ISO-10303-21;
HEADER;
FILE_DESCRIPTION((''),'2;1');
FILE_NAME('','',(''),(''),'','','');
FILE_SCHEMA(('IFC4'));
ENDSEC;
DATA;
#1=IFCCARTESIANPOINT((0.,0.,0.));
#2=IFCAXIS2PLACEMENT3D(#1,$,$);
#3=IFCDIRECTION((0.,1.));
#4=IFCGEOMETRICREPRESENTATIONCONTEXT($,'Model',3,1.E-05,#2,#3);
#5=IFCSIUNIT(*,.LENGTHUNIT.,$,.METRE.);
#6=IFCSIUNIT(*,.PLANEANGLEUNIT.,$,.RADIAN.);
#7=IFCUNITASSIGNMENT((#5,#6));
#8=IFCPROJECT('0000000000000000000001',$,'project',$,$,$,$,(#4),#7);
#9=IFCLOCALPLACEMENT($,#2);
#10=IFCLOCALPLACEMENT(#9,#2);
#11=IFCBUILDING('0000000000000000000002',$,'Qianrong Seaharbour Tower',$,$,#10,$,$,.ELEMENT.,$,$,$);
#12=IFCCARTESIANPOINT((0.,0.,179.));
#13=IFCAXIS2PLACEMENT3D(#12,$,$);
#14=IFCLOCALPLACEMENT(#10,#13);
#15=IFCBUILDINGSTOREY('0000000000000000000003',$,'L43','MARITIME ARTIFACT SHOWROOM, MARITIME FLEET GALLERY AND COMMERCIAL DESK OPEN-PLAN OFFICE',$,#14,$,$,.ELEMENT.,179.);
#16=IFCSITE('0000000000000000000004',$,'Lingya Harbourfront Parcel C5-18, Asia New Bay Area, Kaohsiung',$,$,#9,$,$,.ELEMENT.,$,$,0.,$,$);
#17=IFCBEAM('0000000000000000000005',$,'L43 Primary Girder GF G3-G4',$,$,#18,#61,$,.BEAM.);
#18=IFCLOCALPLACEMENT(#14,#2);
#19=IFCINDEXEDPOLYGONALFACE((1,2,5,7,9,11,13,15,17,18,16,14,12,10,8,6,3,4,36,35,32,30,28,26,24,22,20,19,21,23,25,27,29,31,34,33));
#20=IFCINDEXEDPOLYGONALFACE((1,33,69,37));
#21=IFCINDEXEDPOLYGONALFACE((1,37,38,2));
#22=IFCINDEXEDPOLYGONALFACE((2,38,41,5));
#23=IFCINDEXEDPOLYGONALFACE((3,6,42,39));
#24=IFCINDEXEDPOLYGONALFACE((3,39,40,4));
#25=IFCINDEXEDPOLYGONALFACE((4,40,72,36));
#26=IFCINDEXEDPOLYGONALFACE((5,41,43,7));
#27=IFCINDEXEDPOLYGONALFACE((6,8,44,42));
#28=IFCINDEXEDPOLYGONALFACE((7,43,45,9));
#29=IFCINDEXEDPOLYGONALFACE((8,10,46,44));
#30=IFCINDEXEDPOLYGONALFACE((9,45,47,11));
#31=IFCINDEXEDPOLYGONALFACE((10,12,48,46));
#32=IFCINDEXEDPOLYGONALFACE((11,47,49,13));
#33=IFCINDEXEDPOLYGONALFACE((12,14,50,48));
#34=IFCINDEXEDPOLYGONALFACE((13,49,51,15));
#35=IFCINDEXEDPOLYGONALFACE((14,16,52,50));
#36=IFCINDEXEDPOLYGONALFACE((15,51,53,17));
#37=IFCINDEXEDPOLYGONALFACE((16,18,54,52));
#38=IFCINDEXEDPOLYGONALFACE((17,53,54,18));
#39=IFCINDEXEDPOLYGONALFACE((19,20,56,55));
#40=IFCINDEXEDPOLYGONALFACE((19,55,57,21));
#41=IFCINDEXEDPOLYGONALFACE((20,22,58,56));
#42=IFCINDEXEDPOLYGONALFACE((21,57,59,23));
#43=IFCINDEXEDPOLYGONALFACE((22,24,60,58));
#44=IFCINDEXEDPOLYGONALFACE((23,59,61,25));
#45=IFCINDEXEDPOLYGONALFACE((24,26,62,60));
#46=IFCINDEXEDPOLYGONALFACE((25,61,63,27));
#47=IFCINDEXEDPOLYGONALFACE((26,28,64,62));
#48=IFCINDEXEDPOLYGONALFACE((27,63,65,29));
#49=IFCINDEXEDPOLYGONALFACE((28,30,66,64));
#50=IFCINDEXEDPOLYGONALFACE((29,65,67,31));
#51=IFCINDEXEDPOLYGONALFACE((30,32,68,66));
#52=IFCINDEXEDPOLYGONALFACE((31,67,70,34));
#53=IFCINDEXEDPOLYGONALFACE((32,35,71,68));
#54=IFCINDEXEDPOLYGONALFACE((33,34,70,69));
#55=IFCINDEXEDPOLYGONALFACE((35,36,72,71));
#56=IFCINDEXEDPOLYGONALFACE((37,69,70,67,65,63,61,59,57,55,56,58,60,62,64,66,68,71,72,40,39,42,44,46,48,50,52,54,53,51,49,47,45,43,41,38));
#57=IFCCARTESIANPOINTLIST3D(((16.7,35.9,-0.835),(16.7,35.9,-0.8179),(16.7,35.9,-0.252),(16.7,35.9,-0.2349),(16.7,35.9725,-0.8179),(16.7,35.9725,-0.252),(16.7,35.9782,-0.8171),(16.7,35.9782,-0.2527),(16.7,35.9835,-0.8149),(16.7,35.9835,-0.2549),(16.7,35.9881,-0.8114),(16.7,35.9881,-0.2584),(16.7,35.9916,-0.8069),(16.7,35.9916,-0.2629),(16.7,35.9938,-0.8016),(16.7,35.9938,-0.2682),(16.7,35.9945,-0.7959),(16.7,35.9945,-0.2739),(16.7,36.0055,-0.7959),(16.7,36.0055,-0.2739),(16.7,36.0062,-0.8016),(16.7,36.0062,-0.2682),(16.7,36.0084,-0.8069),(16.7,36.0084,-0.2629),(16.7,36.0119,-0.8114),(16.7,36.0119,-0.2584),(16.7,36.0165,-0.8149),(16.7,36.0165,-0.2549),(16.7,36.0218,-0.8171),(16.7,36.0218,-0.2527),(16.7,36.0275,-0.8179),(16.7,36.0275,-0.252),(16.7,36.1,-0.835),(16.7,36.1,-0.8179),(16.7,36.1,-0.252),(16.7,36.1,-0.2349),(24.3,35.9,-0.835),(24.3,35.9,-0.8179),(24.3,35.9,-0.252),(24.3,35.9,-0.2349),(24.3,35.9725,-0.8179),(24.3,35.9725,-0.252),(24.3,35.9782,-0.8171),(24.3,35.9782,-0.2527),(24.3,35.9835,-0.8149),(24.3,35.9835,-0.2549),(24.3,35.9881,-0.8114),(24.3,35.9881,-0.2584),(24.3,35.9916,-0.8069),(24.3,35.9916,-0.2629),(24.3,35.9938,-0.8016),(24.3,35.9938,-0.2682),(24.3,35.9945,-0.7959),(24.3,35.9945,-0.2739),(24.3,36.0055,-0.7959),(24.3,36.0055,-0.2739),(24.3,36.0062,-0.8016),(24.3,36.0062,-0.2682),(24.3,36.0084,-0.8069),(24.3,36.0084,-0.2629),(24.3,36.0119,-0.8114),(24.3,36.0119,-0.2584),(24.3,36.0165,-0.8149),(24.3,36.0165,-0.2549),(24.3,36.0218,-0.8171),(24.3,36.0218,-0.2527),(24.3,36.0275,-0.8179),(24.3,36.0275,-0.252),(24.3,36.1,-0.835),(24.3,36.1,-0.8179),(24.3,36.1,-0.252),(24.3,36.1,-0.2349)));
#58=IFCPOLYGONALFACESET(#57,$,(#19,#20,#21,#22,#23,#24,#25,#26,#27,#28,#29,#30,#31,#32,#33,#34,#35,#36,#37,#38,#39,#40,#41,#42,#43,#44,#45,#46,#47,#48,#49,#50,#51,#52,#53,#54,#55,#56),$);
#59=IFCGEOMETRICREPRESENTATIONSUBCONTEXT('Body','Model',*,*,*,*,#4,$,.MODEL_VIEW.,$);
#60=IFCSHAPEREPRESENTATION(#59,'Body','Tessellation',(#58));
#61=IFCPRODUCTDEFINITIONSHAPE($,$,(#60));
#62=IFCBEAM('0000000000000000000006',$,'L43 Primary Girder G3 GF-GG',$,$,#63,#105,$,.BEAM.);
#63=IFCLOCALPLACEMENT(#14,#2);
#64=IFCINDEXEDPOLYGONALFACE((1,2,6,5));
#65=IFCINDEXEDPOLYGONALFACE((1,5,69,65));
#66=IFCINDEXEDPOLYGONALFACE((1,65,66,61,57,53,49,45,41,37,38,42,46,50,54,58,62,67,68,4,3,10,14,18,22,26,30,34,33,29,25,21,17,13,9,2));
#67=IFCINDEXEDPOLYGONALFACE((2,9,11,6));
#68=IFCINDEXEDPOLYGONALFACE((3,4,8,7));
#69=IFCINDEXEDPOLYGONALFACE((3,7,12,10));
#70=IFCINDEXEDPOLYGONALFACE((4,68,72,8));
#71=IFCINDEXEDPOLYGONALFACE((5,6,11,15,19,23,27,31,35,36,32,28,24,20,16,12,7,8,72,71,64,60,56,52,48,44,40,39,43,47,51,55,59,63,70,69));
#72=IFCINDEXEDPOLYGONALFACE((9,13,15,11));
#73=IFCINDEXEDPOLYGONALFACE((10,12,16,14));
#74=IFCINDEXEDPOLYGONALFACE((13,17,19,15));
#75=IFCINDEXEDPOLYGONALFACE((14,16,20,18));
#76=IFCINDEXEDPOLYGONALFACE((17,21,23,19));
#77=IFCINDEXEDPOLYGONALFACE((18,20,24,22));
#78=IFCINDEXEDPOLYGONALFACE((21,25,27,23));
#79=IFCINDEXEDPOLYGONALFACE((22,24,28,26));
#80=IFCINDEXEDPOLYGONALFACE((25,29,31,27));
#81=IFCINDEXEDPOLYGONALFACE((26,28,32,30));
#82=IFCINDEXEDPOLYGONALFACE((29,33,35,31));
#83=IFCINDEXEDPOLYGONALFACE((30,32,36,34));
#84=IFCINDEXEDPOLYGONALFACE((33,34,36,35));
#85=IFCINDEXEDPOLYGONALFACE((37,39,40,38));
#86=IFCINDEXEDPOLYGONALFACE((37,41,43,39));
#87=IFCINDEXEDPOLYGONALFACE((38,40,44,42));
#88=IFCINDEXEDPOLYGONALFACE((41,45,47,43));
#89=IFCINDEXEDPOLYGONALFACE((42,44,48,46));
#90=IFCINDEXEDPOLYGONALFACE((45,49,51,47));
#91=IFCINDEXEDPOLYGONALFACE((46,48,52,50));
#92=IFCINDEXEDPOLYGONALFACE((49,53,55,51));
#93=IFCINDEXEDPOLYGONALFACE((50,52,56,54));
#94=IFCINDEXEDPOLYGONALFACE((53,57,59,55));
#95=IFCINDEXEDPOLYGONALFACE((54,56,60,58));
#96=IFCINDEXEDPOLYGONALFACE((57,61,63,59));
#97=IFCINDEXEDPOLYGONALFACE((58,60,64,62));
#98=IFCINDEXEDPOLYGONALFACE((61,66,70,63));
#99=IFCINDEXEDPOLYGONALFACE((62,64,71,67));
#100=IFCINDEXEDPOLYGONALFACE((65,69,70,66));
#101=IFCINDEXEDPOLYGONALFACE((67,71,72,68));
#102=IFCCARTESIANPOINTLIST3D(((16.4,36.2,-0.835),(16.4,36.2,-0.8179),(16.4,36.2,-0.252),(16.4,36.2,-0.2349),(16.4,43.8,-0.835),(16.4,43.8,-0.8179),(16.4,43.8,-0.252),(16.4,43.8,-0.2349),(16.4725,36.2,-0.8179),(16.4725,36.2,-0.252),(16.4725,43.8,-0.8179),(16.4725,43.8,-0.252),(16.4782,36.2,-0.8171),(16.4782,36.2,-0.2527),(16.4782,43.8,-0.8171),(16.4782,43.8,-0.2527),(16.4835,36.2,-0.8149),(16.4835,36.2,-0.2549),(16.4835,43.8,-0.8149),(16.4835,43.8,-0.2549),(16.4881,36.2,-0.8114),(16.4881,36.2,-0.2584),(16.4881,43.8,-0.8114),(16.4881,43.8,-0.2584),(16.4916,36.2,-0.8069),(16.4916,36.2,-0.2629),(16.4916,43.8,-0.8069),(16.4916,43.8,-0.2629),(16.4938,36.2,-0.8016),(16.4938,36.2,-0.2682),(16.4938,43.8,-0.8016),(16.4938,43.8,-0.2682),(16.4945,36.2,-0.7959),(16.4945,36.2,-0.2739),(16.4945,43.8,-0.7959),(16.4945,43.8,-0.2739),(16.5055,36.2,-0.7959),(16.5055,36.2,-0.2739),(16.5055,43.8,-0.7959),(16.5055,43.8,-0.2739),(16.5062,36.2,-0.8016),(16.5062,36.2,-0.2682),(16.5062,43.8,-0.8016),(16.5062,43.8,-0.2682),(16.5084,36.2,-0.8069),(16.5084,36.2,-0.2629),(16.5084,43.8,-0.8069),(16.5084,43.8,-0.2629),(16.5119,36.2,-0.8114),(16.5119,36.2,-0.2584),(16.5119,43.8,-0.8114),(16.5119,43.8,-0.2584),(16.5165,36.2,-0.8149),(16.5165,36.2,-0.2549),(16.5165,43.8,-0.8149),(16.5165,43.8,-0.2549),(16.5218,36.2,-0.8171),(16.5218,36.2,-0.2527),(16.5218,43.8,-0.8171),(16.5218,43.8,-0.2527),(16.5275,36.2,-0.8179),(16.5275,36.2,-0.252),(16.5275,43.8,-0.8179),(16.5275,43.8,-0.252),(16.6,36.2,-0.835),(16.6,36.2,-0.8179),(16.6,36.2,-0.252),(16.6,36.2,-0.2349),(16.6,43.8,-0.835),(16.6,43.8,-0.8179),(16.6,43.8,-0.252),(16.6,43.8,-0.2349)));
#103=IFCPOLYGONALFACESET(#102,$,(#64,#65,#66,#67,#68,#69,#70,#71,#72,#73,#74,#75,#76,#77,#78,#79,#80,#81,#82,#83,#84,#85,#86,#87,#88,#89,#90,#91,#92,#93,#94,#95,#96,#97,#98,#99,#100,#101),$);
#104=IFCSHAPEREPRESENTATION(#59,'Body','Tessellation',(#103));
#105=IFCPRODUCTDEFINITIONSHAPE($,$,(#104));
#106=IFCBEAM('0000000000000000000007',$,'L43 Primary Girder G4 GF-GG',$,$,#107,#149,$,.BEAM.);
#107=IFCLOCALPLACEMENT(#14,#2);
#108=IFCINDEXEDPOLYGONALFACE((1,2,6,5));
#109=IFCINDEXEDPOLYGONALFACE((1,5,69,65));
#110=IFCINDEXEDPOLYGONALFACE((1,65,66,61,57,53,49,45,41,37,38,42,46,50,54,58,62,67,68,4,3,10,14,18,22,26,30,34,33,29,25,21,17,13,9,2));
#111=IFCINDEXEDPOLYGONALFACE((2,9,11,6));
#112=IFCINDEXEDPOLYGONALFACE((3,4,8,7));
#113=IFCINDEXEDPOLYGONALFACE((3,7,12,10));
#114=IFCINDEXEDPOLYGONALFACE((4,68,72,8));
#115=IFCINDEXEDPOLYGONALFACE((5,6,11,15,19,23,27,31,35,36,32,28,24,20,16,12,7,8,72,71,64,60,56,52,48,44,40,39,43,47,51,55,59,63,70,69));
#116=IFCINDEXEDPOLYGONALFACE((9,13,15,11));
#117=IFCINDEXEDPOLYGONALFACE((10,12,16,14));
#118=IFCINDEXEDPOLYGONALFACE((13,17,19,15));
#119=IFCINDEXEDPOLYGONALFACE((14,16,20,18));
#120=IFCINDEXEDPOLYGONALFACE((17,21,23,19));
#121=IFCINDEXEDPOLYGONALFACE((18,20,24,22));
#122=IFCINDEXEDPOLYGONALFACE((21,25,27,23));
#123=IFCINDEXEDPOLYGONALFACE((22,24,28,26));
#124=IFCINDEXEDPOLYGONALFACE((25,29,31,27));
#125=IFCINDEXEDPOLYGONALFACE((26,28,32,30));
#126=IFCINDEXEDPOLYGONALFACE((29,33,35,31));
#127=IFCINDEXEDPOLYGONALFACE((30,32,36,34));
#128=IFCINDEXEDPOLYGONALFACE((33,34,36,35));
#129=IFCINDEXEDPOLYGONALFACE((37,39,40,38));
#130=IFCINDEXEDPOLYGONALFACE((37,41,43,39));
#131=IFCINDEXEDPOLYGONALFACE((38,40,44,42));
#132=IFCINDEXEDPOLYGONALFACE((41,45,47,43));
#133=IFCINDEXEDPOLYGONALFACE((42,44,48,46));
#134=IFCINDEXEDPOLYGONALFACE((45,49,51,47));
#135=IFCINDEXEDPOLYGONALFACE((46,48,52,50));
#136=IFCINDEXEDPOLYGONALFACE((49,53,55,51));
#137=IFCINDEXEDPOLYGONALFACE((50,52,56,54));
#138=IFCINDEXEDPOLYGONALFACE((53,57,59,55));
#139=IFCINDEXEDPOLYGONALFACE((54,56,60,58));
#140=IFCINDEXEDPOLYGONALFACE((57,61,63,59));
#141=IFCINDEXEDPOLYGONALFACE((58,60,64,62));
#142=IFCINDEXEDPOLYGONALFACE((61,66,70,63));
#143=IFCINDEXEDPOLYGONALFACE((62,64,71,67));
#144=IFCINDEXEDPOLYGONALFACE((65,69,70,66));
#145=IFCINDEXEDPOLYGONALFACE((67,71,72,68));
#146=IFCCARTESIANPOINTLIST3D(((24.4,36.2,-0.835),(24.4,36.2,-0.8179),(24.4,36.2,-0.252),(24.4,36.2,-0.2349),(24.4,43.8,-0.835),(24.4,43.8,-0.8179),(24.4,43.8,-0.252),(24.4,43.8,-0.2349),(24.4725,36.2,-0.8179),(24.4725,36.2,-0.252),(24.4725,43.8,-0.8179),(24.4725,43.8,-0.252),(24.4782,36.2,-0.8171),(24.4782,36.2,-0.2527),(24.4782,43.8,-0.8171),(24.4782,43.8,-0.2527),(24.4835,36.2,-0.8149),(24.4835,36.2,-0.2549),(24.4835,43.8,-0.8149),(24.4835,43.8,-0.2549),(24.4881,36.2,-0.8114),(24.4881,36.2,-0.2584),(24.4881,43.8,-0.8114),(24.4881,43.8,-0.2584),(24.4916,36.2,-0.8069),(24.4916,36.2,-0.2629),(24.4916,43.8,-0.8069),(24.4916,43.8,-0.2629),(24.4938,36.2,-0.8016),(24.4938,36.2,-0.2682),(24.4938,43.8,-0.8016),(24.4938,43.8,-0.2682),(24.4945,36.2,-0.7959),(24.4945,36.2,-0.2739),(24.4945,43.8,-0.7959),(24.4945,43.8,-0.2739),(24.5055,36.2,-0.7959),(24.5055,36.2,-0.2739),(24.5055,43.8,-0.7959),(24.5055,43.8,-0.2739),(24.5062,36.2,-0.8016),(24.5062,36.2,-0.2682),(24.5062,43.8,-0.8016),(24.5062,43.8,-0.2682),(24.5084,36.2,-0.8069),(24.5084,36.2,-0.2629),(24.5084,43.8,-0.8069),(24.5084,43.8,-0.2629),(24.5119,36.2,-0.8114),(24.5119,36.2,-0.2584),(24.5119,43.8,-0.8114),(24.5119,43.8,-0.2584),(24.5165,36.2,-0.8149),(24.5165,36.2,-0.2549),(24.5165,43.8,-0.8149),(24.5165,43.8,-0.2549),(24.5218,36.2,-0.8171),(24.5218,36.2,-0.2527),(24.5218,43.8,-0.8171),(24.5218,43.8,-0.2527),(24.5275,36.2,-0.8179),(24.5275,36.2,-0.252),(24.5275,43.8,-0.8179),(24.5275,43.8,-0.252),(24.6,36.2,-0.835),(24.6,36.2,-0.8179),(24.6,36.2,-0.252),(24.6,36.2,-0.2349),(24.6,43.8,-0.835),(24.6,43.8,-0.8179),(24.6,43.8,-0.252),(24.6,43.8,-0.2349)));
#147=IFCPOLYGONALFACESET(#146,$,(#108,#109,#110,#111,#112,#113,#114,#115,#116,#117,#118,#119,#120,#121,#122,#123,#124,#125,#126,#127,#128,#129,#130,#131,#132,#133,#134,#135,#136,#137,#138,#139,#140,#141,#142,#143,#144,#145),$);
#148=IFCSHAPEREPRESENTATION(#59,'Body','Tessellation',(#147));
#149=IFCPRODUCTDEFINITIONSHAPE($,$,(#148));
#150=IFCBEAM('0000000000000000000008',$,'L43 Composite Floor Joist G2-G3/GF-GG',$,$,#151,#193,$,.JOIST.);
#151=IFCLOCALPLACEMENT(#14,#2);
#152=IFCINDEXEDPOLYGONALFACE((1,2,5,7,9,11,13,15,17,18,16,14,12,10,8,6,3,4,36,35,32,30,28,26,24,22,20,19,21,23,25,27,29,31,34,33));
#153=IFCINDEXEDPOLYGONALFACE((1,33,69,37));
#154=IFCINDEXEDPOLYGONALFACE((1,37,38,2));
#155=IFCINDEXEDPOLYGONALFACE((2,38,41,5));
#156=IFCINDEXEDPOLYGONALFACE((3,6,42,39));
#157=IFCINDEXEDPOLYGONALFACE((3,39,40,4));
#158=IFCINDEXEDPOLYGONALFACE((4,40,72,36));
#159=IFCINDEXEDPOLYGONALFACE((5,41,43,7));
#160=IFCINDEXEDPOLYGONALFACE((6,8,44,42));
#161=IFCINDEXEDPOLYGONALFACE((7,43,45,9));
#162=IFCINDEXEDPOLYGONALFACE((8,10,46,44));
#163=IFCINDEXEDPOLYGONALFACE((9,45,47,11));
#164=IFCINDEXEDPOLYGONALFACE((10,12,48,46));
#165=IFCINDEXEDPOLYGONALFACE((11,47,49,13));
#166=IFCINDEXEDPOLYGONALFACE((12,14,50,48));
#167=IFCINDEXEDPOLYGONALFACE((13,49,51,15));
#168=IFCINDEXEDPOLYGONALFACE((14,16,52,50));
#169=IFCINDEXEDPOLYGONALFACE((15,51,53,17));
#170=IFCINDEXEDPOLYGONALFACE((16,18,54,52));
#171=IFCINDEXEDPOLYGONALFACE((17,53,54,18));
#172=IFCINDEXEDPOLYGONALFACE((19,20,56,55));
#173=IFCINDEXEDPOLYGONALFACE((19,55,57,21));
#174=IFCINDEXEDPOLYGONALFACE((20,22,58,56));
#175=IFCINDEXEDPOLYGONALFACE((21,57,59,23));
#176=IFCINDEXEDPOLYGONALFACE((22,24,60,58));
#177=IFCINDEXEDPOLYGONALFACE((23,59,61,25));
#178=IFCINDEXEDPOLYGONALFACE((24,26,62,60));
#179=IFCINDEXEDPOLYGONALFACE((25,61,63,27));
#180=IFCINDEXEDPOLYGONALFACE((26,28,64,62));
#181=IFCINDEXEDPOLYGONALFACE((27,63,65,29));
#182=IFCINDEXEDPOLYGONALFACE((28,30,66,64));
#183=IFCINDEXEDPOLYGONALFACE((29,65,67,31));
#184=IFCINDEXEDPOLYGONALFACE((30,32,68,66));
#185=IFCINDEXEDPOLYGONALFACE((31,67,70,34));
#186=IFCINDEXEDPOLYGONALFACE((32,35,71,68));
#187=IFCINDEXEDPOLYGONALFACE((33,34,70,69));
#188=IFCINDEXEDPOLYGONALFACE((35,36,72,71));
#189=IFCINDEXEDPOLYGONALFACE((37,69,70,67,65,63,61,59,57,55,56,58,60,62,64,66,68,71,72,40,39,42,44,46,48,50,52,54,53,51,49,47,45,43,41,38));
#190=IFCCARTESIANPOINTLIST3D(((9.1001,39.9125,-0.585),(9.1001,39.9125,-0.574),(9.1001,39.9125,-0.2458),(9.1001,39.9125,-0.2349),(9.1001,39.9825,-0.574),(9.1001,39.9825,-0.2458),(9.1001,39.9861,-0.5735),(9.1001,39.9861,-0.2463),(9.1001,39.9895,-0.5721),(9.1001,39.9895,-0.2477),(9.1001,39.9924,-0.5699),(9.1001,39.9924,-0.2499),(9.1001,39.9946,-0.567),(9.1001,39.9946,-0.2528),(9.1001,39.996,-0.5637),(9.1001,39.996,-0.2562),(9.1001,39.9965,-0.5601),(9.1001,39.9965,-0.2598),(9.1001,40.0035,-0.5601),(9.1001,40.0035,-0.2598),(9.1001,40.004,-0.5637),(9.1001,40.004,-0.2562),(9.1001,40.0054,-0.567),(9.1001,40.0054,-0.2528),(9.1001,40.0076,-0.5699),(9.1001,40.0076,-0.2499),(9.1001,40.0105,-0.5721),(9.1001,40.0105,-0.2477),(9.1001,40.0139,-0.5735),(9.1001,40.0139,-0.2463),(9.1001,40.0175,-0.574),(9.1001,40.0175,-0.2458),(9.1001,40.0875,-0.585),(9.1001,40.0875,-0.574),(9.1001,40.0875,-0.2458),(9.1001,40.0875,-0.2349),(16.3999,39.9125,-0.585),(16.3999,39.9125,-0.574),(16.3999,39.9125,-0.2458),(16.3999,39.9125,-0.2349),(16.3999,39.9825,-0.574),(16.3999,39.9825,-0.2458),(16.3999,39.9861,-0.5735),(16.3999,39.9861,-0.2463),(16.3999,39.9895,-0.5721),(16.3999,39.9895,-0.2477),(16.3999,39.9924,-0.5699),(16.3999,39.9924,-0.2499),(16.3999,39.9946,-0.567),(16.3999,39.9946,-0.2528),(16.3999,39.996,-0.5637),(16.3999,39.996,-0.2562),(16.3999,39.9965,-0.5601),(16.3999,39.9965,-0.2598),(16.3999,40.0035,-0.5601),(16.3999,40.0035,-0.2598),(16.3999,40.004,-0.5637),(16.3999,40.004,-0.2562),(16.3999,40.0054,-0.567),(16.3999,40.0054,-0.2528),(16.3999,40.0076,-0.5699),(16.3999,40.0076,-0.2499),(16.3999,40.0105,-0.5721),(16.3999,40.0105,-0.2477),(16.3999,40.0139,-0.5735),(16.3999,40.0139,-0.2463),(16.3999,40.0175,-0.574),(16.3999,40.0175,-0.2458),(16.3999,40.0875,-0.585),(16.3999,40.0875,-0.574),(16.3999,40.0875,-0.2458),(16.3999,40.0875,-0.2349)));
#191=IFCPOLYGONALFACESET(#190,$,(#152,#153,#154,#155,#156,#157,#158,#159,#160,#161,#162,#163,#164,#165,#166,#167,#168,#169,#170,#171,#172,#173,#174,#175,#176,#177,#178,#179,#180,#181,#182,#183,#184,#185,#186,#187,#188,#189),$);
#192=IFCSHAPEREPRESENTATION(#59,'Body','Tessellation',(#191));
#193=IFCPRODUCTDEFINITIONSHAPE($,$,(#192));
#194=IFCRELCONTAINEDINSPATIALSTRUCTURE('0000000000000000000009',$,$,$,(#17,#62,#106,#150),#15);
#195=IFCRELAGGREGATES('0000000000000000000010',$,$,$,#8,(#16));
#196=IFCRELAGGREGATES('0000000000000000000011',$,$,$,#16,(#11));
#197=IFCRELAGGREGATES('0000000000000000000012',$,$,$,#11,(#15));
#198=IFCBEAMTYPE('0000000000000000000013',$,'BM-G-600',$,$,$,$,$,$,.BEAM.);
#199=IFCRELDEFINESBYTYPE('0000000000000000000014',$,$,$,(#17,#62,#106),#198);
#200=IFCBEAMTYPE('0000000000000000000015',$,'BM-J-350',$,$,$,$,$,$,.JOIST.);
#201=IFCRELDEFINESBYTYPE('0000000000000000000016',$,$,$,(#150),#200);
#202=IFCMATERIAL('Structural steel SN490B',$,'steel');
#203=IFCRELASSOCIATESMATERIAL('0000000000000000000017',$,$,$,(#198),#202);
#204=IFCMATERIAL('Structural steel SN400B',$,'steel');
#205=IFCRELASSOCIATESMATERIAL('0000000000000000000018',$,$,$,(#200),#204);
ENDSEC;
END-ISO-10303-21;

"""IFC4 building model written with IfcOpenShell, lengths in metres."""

from ifc_helpers import new_model, si_unit, direction, frame, origin, origin_2d, place, context, subcontext, project, spatial, i_section, extrude, material, material_profile, profile_set, type_object, element, save


model = new_model("IFC4")

# Units and contexts
model_context = context("Model", 3, precision=1e-05, world=origin(), true_north=direction((0.0, 1.0)))
body_context = subcontext(model_context, "Body", "Model", "MODEL_VIEW")
ifc_project = project(units=[si_unit("LENGTHUNIT", "METRE"), si_unit("PLANEANGLEUNIT", "RADIAN")], contexts=[model_context])

# Site, building, storey
site_placement = place(None, origin())
site = spatial("IfcSite", under=ifc_project, at=site_placement, Name="Lingya Harbourfront Parcel C5-18, Asia New Bay Area, Kaohsiung", CompositionType="ELEMENT", RefElevation=0.0)
building_placement = place(site_placement, origin())
building = spatial("IfcBuilding", under=site, at=building_placement, Name="Qianrong Seaharbour Tower", CompositionType="ELEMENT")
storey_placement = place(building_placement, frame((0.0, 0.0, 179.0)))
storey = spatial("IfcBuildingStorey", under=building, at=storey_placement, Name="L43", Description="MARITIME ARTIFACT SHOWROOM, MARITIME FLEET GALLERY AND COMMERCIAL DESK OPEN-PLAN OFFICE", CompositionType="ELEMENT", Elevation=179.0)

# Shared definitions
ifc_material_1 = material(Name="Structural steel SN490B", Category="steel")

# Beams
ifc_material_profile_1 = material_profile(ifc_material_1, i_section(OverallWidth=0.2, OverallDepth=0.6001, WebThickness=0.011, FlangeThickness=0.0171, FilletRadius=0.022, at=origin_2d()), Name="H600x200x11x17")
ifc_profile_set_1 = profile_set([ifc_material_profile_1], Name="Structural steel SN490B")
beam_type_1 = type_object("IfcBeamType", Name="BM-G-600", PredefinedType="BEAM", material=ifc_profile_set_1)
for number, where, z_axis, x_axis, name in (
    (1, (16.7, 36.0, -0.5349), (1.0, 0.0, 0.0), (0.0, 1.0, 0.0), "L43 Primary Girder GF G3-G4"),
    (2, (16.5, 36.2, -0.5349), (0.0, 1.0, 0.0), (-1.0, 0.0, 0.0), "L43 Primary Girder G3 GF-GG"),
    (3, (24.5, 36.2, -0.5349), (0.0, 1.0, 0.0), (-1.0, 0.0, 0.0), "L43 Primary Girder G4 GF-GG"),
):
    element("IfcBeam", number, at=place(storey_placement, frame(where, z_axis=z_axis, x_axis=x_axis)), inside=storey, type_object=beam_type_1, Name=name, PredefinedType="BEAM", context=body_context, shape_type="SweptSolid", body=[
        extrude(i_section(OverallWidth=0.2, OverallDepth=0.6001, WebThickness=0.011, FlangeThickness=0.0171, FilletRadius=0.022, at=origin_2d()), origin(), (0.0, 0.0, 1.0), 7.6001),
    ])
ifc_material_2 = material(Name="Structural steel SN400B", Category="steel")
ifc_material_profile_2 = material_profile(ifc_material_2, i_section(OverallWidth=0.175, OverallDepth=0.3501, WebThickness=0.0071, FlangeThickness=0.011, FilletRadius=0.0139, at=origin_2d()), Name="H350x175x7x11")
ifc_profile_set_2 = profile_set([ifc_material_profile_2], Name="Structural steel SN400B")
beam_type_2 = type_object("IfcBeamType", Name="BM-J-350", PredefinedType="JOIST", material=ifc_profile_set_2)
beam_1_placement = place(storey_placement, frame((9.1001, 40.0, -0.4099), z_axis=(1.0, 0.0, 0.0), x_axis=(0.0, 1.0, 0.0)))
element("IfcBeam", 4, at=beam_1_placement, inside=storey, type_object=beam_type_2, Name="L43 Composite Floor Joist G2-G3/GF-GG", PredefinedType="JOIST", context=body_context, shape_type="SweptSolid", body=[
    extrude(i_section(OverallWidth=0.175, OverallDepth=0.3501, WebThickness=0.0071, FlangeThickness=0.011, FilletRadius=0.0139, at=origin_2d()), origin(), (0.0, 0.0, 1.0), 7.2998),
])

save(model, "model.ifc")
